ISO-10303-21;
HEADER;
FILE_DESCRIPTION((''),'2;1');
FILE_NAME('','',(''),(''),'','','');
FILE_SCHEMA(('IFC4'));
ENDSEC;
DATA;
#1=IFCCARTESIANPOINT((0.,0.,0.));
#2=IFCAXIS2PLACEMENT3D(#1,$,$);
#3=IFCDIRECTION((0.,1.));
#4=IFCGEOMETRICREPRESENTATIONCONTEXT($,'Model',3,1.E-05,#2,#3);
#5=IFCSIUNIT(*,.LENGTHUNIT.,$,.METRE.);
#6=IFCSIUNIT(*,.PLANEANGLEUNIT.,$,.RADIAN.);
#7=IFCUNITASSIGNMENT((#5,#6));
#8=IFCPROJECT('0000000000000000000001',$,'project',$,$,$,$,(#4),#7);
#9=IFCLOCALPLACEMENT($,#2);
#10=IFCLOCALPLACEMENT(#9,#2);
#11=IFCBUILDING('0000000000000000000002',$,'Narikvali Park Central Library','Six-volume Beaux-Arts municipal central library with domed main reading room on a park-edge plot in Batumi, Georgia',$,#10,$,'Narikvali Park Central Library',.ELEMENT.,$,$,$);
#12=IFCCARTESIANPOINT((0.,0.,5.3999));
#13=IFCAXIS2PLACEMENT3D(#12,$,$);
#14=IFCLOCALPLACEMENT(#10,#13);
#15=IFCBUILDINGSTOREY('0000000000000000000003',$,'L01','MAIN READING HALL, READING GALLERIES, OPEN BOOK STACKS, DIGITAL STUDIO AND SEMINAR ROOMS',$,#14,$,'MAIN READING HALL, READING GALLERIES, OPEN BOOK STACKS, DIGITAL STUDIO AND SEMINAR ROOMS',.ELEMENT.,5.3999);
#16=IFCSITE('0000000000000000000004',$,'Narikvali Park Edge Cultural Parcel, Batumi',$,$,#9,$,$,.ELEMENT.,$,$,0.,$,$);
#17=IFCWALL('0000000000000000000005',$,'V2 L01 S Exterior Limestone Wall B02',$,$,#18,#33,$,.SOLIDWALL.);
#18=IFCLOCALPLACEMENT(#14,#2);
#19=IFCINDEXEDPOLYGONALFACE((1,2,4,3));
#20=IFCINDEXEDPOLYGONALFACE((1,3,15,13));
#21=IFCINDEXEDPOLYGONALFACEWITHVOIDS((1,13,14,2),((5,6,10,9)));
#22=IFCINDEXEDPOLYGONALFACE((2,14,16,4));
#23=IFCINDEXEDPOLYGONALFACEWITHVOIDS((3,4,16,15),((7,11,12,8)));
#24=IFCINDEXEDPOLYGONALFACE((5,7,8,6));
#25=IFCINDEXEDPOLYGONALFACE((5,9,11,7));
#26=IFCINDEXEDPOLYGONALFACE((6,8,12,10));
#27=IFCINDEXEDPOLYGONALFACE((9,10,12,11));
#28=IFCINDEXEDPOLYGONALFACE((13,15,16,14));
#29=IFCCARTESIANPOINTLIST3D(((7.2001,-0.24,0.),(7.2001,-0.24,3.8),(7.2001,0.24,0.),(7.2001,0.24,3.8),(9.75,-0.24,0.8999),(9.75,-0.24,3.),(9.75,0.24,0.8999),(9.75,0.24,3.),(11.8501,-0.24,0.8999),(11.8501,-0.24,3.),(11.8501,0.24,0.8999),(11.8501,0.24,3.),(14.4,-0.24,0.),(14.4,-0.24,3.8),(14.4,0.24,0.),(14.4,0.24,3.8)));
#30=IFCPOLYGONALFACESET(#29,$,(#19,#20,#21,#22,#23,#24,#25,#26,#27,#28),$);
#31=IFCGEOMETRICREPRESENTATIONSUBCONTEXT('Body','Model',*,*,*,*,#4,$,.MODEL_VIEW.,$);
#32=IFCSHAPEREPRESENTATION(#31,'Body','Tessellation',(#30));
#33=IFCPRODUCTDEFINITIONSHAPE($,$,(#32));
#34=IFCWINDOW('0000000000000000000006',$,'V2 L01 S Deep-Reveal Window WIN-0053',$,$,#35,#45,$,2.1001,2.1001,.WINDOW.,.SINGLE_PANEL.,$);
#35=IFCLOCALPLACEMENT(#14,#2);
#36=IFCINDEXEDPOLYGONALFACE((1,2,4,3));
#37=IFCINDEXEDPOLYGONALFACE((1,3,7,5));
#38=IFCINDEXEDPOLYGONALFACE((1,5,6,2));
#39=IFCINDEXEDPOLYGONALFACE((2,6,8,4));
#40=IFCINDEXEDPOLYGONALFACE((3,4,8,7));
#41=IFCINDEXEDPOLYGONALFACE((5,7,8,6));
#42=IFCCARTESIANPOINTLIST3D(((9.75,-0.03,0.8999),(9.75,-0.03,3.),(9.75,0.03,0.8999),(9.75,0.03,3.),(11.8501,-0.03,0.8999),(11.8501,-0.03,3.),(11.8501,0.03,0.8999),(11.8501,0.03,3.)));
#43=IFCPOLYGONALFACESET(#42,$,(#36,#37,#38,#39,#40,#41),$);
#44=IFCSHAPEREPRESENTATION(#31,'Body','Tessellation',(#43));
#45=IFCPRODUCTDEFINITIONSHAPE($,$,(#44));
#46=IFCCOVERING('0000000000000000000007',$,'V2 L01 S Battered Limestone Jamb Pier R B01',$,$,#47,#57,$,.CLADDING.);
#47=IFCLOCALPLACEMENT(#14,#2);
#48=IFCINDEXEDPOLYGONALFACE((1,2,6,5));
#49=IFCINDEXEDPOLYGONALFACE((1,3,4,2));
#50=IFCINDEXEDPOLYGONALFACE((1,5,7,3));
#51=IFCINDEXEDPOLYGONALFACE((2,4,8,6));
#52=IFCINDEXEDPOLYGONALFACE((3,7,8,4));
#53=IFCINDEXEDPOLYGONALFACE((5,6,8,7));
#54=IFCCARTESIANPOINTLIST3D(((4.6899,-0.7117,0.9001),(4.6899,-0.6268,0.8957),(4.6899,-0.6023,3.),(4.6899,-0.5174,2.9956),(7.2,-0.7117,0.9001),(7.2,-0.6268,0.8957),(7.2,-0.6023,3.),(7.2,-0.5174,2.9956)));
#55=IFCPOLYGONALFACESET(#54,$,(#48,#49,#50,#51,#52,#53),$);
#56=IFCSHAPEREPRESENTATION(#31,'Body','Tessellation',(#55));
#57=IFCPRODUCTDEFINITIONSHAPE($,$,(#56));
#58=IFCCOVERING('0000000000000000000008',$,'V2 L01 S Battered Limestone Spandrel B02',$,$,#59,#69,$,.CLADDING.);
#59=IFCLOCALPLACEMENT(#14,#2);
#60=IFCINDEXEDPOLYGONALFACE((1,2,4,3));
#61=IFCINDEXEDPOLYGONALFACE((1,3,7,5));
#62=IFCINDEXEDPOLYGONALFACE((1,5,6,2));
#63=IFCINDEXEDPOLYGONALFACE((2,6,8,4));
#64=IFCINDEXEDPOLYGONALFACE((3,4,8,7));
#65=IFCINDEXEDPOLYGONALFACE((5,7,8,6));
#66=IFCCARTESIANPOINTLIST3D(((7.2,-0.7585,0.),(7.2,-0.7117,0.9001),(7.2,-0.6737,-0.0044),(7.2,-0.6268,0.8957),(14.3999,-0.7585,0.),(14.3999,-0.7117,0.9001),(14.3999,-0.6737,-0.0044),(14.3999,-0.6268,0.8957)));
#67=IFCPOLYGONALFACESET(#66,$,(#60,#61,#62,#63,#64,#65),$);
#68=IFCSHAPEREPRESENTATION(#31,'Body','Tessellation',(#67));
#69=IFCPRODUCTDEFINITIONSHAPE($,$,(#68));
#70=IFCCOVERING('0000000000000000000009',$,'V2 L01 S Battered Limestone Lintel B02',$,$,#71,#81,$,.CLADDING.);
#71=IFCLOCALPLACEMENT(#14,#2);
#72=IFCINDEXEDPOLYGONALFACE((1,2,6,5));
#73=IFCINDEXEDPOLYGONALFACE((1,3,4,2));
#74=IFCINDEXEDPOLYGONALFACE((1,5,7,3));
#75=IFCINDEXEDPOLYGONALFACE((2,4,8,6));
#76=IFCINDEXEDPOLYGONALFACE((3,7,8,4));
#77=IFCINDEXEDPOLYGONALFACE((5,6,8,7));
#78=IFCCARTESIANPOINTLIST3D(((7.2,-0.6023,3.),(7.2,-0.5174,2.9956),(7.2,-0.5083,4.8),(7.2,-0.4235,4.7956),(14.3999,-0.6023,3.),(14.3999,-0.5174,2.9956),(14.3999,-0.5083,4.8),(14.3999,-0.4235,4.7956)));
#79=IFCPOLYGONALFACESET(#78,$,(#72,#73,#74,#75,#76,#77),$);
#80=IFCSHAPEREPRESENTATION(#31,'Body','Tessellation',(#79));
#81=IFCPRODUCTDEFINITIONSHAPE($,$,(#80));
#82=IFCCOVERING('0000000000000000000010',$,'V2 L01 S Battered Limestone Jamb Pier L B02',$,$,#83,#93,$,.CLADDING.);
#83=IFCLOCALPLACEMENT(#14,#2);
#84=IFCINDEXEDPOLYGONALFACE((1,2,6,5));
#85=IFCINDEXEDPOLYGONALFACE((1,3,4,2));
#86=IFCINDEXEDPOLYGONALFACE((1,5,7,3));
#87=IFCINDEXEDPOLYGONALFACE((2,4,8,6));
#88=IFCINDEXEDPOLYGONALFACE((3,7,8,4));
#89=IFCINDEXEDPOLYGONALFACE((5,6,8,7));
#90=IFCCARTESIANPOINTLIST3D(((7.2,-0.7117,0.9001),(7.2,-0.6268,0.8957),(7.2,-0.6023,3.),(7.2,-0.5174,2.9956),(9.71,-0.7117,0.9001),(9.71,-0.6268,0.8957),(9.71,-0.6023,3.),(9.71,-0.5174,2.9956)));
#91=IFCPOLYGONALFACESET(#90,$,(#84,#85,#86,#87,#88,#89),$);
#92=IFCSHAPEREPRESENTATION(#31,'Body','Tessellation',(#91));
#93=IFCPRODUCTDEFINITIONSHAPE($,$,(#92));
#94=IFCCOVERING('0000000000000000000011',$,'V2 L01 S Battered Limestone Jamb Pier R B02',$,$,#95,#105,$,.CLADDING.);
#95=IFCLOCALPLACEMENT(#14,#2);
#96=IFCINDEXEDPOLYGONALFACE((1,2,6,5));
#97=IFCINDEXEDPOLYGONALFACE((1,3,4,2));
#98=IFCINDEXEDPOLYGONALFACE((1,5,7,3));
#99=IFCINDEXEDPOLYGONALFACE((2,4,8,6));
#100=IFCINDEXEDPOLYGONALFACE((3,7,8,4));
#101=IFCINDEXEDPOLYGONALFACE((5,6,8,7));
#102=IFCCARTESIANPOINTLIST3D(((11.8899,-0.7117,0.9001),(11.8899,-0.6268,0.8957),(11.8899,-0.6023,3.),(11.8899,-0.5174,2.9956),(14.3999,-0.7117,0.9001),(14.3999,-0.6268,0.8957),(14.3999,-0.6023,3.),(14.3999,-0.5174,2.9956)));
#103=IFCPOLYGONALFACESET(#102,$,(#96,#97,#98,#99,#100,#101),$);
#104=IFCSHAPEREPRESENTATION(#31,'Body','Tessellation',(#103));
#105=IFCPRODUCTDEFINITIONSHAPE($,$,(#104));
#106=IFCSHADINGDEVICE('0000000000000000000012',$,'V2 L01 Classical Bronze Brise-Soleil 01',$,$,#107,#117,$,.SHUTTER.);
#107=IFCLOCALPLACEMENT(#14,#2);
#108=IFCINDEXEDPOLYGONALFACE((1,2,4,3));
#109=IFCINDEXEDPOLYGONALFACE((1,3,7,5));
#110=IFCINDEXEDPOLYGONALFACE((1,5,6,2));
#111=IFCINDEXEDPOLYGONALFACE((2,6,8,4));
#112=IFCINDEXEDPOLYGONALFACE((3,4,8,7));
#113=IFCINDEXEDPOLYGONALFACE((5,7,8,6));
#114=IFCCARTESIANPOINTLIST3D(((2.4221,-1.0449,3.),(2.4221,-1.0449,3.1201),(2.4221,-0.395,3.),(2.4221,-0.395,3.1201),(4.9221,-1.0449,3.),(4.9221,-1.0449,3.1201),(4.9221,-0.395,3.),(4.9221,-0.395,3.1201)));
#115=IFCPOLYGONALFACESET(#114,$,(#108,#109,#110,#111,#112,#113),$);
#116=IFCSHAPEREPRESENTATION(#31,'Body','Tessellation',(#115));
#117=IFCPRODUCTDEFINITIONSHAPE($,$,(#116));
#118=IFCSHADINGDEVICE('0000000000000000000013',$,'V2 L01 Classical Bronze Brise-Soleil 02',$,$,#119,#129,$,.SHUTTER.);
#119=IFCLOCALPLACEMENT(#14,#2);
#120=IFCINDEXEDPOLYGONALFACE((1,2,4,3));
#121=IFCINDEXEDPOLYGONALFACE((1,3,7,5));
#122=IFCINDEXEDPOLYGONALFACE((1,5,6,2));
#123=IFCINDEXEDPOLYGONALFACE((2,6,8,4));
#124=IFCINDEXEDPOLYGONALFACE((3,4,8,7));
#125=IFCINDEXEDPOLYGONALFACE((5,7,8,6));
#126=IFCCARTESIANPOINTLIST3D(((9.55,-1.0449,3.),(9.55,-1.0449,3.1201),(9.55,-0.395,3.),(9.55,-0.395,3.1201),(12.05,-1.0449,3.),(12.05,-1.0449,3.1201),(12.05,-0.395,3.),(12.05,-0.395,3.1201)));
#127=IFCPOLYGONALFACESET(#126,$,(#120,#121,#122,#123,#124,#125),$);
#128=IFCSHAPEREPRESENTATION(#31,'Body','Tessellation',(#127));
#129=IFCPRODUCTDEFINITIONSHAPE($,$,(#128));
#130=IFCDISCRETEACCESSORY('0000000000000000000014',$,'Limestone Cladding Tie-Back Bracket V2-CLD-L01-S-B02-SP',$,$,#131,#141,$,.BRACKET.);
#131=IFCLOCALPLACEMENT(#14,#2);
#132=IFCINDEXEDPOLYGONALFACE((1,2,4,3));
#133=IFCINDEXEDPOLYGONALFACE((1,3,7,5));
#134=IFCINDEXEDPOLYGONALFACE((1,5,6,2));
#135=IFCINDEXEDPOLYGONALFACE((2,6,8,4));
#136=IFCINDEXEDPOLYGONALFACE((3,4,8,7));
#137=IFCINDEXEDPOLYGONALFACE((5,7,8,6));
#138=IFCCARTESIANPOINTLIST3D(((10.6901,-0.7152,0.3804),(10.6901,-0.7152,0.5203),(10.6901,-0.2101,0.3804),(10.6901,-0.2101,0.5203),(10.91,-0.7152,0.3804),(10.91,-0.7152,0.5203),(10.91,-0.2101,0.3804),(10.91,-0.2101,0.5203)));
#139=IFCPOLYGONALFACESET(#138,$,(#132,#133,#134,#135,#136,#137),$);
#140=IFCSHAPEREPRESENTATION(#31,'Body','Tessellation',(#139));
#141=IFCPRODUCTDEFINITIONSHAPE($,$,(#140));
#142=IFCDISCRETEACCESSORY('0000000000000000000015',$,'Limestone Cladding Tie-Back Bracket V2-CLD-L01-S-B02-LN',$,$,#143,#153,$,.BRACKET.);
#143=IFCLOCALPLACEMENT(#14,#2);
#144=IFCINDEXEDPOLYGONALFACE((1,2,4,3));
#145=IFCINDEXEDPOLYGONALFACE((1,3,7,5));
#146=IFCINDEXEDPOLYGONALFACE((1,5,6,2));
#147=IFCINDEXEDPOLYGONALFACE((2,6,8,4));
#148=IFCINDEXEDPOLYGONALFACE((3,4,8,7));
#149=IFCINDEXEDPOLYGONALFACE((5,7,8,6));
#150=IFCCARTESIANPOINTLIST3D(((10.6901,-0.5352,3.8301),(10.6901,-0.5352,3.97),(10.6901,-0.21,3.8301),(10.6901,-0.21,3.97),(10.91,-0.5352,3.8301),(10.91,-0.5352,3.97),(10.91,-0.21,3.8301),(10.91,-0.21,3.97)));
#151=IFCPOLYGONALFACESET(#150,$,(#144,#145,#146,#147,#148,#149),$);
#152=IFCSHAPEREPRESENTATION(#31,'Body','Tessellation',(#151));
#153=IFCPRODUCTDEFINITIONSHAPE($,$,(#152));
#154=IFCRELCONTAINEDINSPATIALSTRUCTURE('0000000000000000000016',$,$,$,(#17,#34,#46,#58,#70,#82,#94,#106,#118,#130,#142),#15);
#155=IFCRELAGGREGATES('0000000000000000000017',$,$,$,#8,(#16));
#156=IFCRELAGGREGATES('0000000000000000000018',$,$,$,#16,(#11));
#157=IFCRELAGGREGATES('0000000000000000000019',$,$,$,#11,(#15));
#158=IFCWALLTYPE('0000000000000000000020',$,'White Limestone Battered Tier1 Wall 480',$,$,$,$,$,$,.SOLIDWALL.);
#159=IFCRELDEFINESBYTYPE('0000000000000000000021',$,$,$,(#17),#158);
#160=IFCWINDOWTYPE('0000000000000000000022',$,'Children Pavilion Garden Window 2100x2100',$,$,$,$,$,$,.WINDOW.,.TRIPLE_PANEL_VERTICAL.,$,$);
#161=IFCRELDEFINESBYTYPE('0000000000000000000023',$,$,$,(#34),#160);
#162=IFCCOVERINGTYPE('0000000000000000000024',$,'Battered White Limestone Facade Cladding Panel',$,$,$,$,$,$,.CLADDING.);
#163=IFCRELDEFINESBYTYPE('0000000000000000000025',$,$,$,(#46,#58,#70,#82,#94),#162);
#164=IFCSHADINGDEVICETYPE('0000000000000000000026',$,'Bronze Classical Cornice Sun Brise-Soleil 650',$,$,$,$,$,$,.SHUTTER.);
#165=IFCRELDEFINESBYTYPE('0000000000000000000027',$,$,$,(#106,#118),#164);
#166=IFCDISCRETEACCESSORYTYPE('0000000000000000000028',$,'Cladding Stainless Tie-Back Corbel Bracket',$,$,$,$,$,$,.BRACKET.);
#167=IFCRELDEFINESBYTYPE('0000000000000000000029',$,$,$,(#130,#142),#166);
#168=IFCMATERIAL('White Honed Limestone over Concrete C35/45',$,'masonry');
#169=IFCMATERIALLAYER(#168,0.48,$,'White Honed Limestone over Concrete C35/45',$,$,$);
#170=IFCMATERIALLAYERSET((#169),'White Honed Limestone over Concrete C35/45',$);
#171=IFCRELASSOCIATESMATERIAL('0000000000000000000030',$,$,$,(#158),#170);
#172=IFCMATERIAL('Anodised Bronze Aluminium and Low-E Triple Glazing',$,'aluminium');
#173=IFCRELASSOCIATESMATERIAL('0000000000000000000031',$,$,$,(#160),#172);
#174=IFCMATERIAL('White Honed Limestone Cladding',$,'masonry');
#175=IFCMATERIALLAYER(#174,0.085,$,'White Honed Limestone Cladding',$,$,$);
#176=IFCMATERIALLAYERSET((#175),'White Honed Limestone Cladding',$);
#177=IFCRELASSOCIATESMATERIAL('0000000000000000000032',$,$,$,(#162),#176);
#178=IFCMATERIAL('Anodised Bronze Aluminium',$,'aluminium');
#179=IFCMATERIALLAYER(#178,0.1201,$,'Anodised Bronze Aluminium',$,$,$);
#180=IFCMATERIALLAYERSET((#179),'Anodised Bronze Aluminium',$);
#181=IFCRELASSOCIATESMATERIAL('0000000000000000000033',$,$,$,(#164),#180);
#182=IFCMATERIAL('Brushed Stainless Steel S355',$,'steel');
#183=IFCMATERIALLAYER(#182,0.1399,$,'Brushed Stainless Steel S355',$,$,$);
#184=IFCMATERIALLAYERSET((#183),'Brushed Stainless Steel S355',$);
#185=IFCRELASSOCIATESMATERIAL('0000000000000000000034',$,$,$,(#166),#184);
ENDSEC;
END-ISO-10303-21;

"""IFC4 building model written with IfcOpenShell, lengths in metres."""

from ifc_helpers import new_model, si_unit, direction, frame, frame_2d, origin, origin_2d, place, context, subcontext, project, spatial, polyline, rectangle, outline, extrude, material, layer, layer_set, type_object, element, fill, save


model = new_model("IFC4")

# Units and contexts
model_context = context("Model", 3, precision=1e-05, world=origin(), true_north=direction((0.0, 1.0)))
body_context = subcontext(model_context, "Body", "Model", "MODEL_VIEW")
ifc_project = project(units=[si_unit("LENGTHUNIT", "METRE"), si_unit("PLANEANGLEUNIT", "RADIAN")], contexts=[model_context])

# Site, building, storey
site_placement = place(None, origin())
site = spatial("IfcSite", under=ifc_project, at=site_placement, Name="Narikvali Park Edge Cultural Parcel, Batumi", CompositionType="ELEMENT", RefElevation=0.0)
building_placement = place(site_placement, origin())
building = spatial("IfcBuilding", under=site, at=building_placement, Name="Narikvali Park Central Library", Description="Six-volume Beaux-Arts municipal central library with domed main reading room on a park-edge plot in Batumi, Georgia", LongName="Narikvali Park Central Library", CompositionType="ELEMENT")
storey_placement = place(building_placement, frame((0.0, 0.0, 5.3999)))
storey = spatial("IfcBuildingStorey", under=building, at=storey_placement, Name="L01", Description="MAIN READING HALL, READING GALLERIES, OPEN BOOK STACKS, DIGITAL STUDIO AND SEMINAR ROOMS", LongName="MAIN READING HALL, READING GALLERIES, OPEN BOOK STACKS, DIGITAL STUDIO AND SEMINAR ROOMS", CompositionType="ELEMENT", Elevation=5.3999)

# Shared definitions
ifc_material_1 = material(Name="Anodised Bronze Aluminium", Category="aluminium")

# Wall, opening, window
ifc_material_2 = material(Name="White Honed Limestone over Concrete C35/45", Category="masonry")
ifc_layer_1 = layer(ifc_material_2, 0.48, Name="White Honed Limestone over Concrete C35/45")
ifc_layer_set_1 = layer_set([ifc_layer_1], Name="White Honed Limestone over Concrete C35/45")
wall_type = type_object("IfcWallType", Name="White Limestone Battered Tier1 Wall 480", PredefinedType="SOLIDWALL", material=ifc_layer_set_1)
wall_placement = place(storey_placement, frame((7.2, 0.0, 0.0), z_axis=(0.0, 0.0, 1.0), x_axis=(1.0, 0.0, 0.0)))
wall = element("IfcWall", 1, at=wall_placement, inside=storey, type_object=wall_type, Name="V2 L01 S Exterior Limestone Wall B02", PredefinedType="SOLIDWALL", context=body_context, shape_type="SweptSolid", body=[
    extrude(rectangle(XDim=7.2, YDim=0.48, at=frame_2d((3.6001, 0.0))), origin(), (0.0, 0.0, 1.0), 3.8),
])
opening_placement = place(wall_placement, frame((2.55, 0.0, 0.8999)))
opening = element("IfcOpeningElement", 2, at=opening_placement, cuts=wall, PredefinedType="OPENING", context=body_context, shape_type="SweptSolid", body=[
    extrude(rectangle(XDim=2.1001, YDim=2.1001, at=frame_2d((1.05, 1.05))), frame((0.0, 0.252, 0.0), z_axis=(0.0, -1.0, 0.0), x_axis=(1.0, 0.0, 0.0)), (0.0, 0.0, 1.0), 0.5039),
])
ifc_material_3 = material(Name="Anodised Bronze Aluminium and Low-E Triple Glazing", Category="aluminium")
window_type = type_object("IfcWindowType", Name="Children Pavilion Garden Window 2100x2100", PartitioningType="TRIPLE_PANEL_VERTICAL", PredefinedType="WINDOW", material=ifc_material_3)
window_placement = place(opening_placement, origin())
window = element("IfcWindow", 3, at=window_placement, inside=storey, type_object=window_type, Name="V2 L01 S Deep-Reveal Window WIN-0053", OverallHeight=2.1001, OverallWidth=2.1001, PartitioningType="SINGLE_PANEL", PredefinedType="WINDOW", context=body_context, shape_type="SweptSolid", body=[
    extrude(rectangle(XDim=2.1001, YDim=2.1001, at=frame_2d((1.05, 1.05))), frame((0.0, 0.03, 0.0), z_axis=(0.0, -1.0, 0.0), x_axis=(1.0, 0.0, 0.0)), (0.0, 0.0, 1.0), 0.0601),
])
fill(opening, window)

# Coverings
ifc_material_4 = material(Name="White Honed Limestone Cladding", Category="masonry")
ifc_layer_2 = layer(ifc_material_4, 0.085, Name="White Honed Limestone Cladding")
ifc_layer_set_2 = layer_set([ifc_layer_2], Name="White Honed Limestone Cladding")
covering_type = type_object("IfcCoveringType", Name="Battered White Limestone Facade Cladding Panel", PredefinedType="CLADDING", material=ifc_layer_set_2)
covering_1_placement = place(storey_placement, frame((4.6899, -0.7117, 0.9001), z_axis=(0.0, -0.998646, 0.052016), x_axis=(1.0, 0.0, 0.0)))
element("IfcCovering", 4, at=covering_1_placement, inside=storey, type_object=covering_type, Name="V2 L01 S Battered Limestone Jamb Pier R B01", PredefinedType="CLADDING", context=body_context, shape_type="SweptSolid", body=[
    extrude(outline(polyline([(0.0, 0.0), (2.51, 0.0), (2.51, 2.1027), (0.0, 2.1027), (0.0, 0.0)])), origin(), (0.0, 0.0, -1.0), 0.085),
])
covering_2_placement = place(storey_placement, frame((7.2, -0.7585, 0.0), z_axis=(0.0, -0.998647, 0.052004), x_axis=(1.0, 0.0, 0.0)))
element("IfcCovering", 5, at=covering_2_placement, inside=storey, type_object=covering_type, Name="V2 L01 S Battered Limestone Spandrel B02", PredefinedType="CLADDING", context=body_context, shape_type="SweptSolid", body=[
    extrude(outline(polyline([(0.0, 0.0), (7.2, 0.0), (7.2, 0.9014), (0.0, 0.9014), (0.0, 0.0)])), origin(), (0.0, 0.0, -1.0), 0.085),
])
covering_3_placement = place(storey_placement, frame((7.2, -0.6023, 3.0), z_axis=(0.0, -0.998639, 0.052147), x_axis=(1.0, 0.0, 0.0)))
element("IfcCovering", 6, at=covering_3_placement, inside=storey, type_object=covering_type, Name="V2 L01 S Battered Limestone Lintel B02", PredefinedType="CLADDING", context=body_context, shape_type="SweptSolid", body=[
    extrude(outline(polyline([(0.0, 0.0), (7.2, 0.0), (7.2, 1.8025), (0.0, 1.8025), (0.0, 0.0)])), origin(), (0.0, 0.0, -1.0), 0.085),
])
for number, where, z_axis, x_axis, name in (
    (7, (7.2, -0.7117, 0.9001), (0.0, -0.998646, 0.052016), (1.0, 0.0, 0.0), "V2 L01 S Battered Limestone Jamb Pier L B02"),
    (8, (11.8899, -0.7117, 0.9001), (0.0, -0.998646, 0.052016), (1.0, 0.0, 0.0), "V2 L01 S Battered Limestone Jamb Pier R B02"),
):
    element("IfcCovering", number, at=place(storey_placement, frame(where, z_axis=z_axis, x_axis=x_axis)), inside=storey, type_object=covering_type, Name=name, PredefinedType="CLADDING", context=body_context, shape_type="SweptSolid", body=[
        extrude(outline(polyline([(0.0, 0.0), (2.51, 0.0), (2.51, 2.1027), (0.0, 2.1027), (0.0, 0.0)])), origin(), (0.0, 0.0, -1.0), 0.085),
    ])

# Shading devices
ifc_layer_3 = layer(ifc_material_1, 0.1201, Name="Anodised Bronze Aluminium")
ifc_layer_set_3 = layer_set([ifc_layer_3], Name="Anodised Bronze Aluminium")
shading_device_type = type_object("IfcShadingDeviceType", Name="Bronze Classical Cornice Sun Brise-Soleil 650", PredefinedType="SHUTTER", material=ifc_layer_set_3)
for number, where, z_axis, x_axis, name in (
    (9, (3.6721, -0.72, 3.0), (0.0, 0.0, 1.0), (1.0, 0.0, 0.0), "V2 L01 Classical Bronze Brise-Soleil 01"),
    (10, (10.8, -0.72, 3.0), (0.0, 0.0, 1.0), (1.0, 0.0, 0.0), "V2 L01 Classical Bronze Brise-Soleil 02"),
):
    element("IfcShadingDevice", number, at=place(storey_placement, frame(where, z_axis=z_axis, x_axis=x_axis)), inside=storey, type_object=shading_device_type, Name=name, PredefinedType="SHUTTER", context=body_context, shape_type="SweptSolid", body=[
        extrude(rectangle(XDim=2.5, YDim=0.6499, at=origin_2d()), origin(), (0.0, 0.0, 1.0), 0.1201),
    ])

# Discrete accessories
ifc_material_5 = material(Name="Brushed Stainless Steel S355", Category="steel")
ifc_layer_4 = layer(ifc_material_5, 0.1399, Name="Brushed Stainless Steel S355")
ifc_layer_set_4 = layer_set([ifc_layer_4], Name="Brushed Stainless Steel S355")
discrete_accessory_type = type_object("IfcDiscreteAccessoryType", Name="Cladding Stainless Tie-Back Corbel Bracket", PredefinedType="BRACKET", material=ifc_layer_set_4)
discrete_accessory_1_placement = place(storey_placement, frame((10.8, -0.4626, 0.3804), z_axis=(0.0, 0.0, 1.0), x_axis=(1.0, 0.0, 0.0)))
element("IfcDiscreteAccessory", 11, at=discrete_accessory_1_placement, inside=storey, type_object=discrete_accessory_type, Name="Limestone Cladding Tie-Back Bracket V2-CLD-L01-S-B02-SP", PredefinedType="BRACKET", context=body_context, shape_type="SweptSolid", body=[
    extrude(rectangle(XDim=0.22, YDim=0.5051, at=origin_2d()), origin(), (0.0, 0.0, 1.0), 0.1399),
])
discrete_accessory_2_placement = place(storey_placement, frame((10.8, -0.3726, 3.8301), z_axis=(0.0, 0.0, 1.0), x_axis=(1.0, 0.0, 0.0)))
element("IfcDiscreteAccessory", 12, at=discrete_accessory_2_placement, inside=storey, type_object=discrete_accessory_type, Name="Limestone Cladding Tie-Back Bracket V2-CLD-L01-S-B02-LN", PredefinedType="BRACKET", context=body_context, shape_type="SweptSolid", body=[
    extrude(rectangle(XDim=0.22, YDim=0.3252, at=origin_2d()), origin(), (0.0, 0.0, 1.0), 0.1399),
])

save(model, "model.ifc")
